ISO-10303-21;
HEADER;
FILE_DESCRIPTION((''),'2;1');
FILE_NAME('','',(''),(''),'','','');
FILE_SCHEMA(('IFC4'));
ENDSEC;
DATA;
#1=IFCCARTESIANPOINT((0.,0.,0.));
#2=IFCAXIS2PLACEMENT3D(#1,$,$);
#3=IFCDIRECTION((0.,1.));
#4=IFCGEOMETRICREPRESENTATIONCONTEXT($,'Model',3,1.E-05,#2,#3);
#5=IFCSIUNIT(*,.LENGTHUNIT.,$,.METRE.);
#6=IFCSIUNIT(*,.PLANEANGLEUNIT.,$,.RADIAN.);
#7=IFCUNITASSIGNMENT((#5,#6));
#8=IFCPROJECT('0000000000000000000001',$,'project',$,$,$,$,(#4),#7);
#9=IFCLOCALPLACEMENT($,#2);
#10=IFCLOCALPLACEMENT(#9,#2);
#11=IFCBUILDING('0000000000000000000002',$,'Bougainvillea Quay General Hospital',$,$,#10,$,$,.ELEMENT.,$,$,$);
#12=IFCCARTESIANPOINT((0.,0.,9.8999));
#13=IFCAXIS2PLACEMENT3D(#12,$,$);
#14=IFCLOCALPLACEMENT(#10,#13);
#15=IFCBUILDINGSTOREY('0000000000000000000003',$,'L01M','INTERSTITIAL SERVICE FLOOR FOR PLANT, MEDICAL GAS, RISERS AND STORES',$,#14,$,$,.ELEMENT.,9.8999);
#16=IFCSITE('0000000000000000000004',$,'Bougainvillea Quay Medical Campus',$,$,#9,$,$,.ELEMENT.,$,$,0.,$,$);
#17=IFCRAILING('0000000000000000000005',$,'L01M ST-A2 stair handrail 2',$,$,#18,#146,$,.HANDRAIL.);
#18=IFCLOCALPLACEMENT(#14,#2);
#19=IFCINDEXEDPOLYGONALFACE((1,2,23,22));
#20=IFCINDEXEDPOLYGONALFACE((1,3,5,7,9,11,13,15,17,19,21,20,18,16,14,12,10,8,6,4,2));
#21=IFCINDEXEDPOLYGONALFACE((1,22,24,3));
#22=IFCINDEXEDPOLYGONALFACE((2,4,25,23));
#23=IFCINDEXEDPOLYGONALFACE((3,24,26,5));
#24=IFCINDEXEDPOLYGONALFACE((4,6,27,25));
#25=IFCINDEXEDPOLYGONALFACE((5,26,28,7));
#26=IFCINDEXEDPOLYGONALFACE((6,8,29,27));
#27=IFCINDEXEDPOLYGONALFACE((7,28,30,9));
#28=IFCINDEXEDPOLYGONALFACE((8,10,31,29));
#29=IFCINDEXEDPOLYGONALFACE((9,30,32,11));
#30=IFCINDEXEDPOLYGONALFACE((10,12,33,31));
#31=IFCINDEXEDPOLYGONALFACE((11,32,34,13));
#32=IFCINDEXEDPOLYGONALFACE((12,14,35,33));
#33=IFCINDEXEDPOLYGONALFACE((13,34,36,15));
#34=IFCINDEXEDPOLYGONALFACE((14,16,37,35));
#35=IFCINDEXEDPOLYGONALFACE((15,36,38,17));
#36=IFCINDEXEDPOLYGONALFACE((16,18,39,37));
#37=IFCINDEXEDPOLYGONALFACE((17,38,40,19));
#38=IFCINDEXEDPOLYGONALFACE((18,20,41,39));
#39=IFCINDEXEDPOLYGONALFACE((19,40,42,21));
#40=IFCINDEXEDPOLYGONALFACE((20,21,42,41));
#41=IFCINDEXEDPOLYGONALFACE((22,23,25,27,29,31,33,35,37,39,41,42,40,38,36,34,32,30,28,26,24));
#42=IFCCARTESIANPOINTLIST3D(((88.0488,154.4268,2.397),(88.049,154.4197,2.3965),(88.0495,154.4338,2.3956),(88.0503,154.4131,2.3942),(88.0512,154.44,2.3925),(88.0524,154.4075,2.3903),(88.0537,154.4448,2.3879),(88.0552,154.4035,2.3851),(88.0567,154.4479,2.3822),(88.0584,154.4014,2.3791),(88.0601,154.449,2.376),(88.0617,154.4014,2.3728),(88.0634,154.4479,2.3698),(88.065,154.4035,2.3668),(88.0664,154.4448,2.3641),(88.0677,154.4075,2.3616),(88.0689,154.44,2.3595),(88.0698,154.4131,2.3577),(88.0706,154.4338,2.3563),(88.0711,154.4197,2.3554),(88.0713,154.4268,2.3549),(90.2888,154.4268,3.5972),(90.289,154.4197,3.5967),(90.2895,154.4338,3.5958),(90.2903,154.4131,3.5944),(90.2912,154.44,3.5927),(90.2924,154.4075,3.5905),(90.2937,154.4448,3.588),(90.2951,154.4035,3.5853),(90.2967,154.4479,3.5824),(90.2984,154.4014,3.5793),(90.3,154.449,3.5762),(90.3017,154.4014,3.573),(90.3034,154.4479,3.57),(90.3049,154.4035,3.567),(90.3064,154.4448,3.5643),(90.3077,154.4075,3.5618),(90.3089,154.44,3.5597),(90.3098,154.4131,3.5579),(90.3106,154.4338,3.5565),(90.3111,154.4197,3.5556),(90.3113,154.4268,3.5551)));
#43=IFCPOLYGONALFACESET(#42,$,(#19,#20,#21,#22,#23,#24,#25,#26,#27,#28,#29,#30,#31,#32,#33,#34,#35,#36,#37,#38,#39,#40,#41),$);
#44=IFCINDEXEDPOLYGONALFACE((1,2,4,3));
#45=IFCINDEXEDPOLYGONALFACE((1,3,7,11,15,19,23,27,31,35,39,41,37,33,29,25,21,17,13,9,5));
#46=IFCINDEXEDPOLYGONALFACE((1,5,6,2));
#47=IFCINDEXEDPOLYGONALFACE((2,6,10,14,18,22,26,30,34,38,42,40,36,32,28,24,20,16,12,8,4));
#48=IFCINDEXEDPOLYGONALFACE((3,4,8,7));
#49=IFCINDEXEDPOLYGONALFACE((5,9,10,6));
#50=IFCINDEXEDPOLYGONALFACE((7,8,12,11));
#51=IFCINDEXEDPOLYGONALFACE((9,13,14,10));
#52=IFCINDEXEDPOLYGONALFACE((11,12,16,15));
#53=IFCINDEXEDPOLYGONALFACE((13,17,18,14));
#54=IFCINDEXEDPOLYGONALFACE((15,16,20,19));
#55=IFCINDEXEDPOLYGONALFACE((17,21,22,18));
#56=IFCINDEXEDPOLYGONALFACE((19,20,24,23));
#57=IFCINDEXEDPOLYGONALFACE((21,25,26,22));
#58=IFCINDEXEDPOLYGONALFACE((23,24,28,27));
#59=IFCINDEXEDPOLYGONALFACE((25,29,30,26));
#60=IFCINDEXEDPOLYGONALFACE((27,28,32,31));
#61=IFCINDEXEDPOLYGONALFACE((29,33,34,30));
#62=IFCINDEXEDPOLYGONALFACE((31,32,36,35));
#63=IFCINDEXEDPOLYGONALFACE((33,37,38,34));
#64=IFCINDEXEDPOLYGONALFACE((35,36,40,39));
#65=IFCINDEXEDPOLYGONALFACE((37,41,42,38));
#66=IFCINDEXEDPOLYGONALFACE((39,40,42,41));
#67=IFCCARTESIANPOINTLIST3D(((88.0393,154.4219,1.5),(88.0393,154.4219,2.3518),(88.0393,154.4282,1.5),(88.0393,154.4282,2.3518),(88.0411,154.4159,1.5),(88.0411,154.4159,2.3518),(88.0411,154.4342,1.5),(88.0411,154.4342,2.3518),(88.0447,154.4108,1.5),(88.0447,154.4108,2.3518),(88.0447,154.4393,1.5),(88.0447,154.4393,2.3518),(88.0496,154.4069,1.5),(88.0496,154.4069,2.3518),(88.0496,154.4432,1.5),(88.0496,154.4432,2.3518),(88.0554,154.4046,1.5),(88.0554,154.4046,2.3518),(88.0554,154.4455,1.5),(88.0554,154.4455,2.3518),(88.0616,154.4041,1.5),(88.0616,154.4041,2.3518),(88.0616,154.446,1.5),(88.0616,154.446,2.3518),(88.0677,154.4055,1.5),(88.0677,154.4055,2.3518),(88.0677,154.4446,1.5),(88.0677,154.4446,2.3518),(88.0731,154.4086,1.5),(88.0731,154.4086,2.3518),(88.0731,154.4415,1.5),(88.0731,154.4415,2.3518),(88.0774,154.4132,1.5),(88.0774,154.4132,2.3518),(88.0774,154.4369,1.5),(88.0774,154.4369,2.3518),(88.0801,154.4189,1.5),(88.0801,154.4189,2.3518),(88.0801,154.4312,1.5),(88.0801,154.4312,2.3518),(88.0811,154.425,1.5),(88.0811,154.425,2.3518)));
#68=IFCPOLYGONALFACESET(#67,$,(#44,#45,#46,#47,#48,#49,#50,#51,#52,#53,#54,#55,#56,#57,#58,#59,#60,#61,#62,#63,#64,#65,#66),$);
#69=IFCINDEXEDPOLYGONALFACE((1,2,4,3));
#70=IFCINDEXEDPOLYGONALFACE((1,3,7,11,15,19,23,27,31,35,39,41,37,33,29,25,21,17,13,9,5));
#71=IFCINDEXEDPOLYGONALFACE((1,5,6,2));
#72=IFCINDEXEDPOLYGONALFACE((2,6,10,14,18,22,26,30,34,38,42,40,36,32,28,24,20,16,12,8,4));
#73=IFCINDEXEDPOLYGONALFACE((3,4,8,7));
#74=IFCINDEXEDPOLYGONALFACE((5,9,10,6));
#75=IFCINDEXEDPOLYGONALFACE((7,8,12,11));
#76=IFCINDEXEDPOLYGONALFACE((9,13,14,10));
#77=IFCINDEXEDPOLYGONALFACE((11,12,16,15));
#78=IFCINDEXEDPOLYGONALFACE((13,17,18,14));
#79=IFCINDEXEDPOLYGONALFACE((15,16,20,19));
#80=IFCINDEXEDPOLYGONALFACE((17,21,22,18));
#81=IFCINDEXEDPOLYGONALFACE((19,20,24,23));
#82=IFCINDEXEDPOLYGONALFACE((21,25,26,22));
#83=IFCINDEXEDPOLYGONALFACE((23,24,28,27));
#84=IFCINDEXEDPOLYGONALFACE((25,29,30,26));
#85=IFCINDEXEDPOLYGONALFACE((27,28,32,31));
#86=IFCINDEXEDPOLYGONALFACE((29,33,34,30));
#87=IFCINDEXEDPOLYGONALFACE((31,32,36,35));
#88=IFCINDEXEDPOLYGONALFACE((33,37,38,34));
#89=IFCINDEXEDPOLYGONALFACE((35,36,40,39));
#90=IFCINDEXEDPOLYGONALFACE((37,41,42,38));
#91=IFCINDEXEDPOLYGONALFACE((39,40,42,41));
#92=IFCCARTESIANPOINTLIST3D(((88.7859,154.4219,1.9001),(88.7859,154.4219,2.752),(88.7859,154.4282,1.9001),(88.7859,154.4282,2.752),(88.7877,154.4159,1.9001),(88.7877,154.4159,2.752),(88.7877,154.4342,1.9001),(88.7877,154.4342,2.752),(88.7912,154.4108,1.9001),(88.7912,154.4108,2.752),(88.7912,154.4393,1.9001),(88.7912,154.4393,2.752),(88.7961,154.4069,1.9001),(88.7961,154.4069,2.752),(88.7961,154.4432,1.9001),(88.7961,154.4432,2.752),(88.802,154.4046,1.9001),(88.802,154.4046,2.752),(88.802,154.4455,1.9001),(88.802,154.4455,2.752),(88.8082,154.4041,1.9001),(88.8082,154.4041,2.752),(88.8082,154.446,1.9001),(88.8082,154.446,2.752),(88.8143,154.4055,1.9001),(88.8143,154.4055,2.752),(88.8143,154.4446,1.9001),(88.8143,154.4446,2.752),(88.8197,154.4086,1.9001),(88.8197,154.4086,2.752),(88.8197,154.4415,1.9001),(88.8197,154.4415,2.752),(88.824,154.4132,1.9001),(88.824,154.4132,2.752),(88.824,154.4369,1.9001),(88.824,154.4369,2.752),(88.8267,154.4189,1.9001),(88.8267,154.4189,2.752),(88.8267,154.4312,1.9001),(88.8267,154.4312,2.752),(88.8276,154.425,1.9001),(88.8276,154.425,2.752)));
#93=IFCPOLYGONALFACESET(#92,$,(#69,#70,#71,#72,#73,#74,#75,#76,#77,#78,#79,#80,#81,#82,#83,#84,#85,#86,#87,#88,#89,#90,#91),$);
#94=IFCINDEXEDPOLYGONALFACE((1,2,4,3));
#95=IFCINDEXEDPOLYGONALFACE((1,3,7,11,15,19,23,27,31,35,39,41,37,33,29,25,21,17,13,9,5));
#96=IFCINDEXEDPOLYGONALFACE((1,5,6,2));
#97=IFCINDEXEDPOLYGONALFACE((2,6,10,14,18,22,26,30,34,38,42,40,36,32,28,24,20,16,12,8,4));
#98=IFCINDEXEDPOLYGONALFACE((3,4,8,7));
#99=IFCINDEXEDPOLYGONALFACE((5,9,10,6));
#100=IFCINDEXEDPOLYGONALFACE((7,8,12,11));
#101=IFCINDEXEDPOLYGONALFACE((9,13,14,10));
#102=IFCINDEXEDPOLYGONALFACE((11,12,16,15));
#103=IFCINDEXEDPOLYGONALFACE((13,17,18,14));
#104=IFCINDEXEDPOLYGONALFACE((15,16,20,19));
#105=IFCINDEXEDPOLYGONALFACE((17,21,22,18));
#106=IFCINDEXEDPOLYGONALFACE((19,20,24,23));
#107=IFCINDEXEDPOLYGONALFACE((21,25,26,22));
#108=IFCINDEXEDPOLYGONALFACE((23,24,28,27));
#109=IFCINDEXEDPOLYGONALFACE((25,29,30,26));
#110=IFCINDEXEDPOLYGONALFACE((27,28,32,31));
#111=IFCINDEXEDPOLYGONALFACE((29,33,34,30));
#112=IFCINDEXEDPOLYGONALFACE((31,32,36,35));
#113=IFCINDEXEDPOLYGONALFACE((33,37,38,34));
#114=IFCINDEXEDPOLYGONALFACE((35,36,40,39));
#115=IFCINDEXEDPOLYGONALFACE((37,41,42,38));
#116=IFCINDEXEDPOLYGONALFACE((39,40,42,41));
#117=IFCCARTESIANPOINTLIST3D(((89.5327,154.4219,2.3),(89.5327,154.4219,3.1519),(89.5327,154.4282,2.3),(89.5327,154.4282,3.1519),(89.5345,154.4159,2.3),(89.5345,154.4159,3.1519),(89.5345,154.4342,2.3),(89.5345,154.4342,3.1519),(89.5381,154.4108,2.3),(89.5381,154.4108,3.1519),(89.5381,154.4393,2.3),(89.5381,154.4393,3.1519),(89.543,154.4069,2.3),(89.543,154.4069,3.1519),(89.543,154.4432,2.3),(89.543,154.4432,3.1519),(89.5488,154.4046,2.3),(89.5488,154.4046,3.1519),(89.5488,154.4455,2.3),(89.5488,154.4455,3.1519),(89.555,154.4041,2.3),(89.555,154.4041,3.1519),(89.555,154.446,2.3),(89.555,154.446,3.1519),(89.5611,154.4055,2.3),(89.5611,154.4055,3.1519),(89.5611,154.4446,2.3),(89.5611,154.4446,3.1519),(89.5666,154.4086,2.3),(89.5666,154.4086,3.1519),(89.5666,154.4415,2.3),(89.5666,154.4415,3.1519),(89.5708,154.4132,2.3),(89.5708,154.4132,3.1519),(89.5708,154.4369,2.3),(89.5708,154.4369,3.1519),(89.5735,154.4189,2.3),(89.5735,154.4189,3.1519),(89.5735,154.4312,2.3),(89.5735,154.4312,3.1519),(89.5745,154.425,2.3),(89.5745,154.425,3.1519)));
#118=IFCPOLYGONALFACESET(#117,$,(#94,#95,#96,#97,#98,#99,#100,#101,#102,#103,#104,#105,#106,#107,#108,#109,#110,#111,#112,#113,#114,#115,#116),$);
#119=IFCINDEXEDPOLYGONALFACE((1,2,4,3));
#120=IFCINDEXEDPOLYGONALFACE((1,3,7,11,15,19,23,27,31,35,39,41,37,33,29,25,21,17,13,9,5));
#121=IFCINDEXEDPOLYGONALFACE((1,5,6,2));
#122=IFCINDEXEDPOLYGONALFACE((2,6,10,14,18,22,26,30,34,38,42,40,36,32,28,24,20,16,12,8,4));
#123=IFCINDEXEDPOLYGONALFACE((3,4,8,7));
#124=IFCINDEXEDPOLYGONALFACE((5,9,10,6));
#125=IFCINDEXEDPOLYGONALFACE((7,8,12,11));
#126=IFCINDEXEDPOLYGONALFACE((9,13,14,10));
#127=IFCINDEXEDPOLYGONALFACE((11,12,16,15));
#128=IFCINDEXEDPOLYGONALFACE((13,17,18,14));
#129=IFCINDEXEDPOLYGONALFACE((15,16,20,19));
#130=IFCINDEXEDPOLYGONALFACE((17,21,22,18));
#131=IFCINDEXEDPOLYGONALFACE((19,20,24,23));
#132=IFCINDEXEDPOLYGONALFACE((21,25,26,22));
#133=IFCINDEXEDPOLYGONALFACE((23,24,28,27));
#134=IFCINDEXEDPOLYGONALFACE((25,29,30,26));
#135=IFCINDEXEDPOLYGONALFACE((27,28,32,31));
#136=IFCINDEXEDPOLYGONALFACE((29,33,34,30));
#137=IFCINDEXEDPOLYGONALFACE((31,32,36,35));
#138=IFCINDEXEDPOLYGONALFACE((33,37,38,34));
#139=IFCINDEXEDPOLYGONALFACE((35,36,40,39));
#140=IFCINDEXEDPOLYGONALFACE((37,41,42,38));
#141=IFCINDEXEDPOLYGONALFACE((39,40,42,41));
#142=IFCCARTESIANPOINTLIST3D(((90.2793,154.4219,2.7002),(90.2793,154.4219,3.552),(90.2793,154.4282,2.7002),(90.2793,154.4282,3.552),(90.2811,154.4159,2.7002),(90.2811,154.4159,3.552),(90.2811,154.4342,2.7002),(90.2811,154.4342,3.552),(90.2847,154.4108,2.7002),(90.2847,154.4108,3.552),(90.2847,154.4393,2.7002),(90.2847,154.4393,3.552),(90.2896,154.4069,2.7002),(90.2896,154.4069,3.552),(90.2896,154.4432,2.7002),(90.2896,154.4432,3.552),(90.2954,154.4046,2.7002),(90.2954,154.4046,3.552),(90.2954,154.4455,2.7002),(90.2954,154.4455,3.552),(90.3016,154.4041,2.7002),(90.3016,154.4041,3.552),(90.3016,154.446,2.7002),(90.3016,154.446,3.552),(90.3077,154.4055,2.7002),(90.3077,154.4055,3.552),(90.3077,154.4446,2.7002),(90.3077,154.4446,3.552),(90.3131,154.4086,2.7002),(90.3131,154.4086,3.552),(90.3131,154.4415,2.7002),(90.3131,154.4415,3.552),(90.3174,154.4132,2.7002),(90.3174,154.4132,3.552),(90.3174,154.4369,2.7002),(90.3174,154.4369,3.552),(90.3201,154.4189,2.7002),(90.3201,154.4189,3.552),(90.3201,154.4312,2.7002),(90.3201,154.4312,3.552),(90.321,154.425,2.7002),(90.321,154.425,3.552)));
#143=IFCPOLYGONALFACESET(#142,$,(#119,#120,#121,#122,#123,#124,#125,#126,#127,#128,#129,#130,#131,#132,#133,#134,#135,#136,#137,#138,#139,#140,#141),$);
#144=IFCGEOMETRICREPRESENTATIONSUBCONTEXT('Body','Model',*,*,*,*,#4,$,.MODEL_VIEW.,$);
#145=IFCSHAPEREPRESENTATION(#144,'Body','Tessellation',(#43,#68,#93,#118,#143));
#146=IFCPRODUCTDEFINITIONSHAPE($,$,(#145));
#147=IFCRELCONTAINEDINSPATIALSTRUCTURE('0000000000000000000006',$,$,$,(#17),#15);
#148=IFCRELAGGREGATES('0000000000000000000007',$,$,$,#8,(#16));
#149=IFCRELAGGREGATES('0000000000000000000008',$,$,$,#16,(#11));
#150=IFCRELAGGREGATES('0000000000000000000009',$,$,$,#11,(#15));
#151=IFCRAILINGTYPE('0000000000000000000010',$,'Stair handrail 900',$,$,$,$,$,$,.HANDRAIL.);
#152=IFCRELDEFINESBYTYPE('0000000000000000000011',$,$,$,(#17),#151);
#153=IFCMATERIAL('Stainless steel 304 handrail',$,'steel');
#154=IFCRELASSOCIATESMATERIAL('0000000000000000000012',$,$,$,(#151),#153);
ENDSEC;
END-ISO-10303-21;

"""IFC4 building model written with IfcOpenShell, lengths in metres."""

from ifc_helpers import new_model, si_unit, direction, frame, origin, origin_2d, place, context, subcontext, project, spatial, circle, extrude, material, type_object, element, save


model = new_model("IFC4")

# Units and contexts
model_context = context("Model", 3, precision=1e-05, world=origin(), true_north=direction((0.0, 1.0)))
body_context = subcontext(model_context, "Body", "Model", "MODEL_VIEW")
ifc_project = project(units=[si_unit("LENGTHUNIT", "METRE"), si_unit("PLANEANGLEUNIT", "RADIAN")], contexts=[model_context])

# Site, building, storey
site_placement = place(None, origin())
site = spatial("IfcSite", under=ifc_project, at=site_placement, Name="Bougainvillea Quay Medical Campus", CompositionType="ELEMENT", RefElevation=0.0)
building_placement = place(site_placement, origin())
building = spatial("IfcBuilding", under=site, at=building_placement, Name="Bougainvillea Quay General Hospital", CompositionType="ELEMENT")
storey_placement = place(building_placement, frame((0.0, 0.0, 9.8999)))
storey = spatial("IfcBuildingStorey", under=building, at=storey_placement, Name="L01M", Description="INTERSTITIAL SERVICE FLOOR FOR PLANT, MEDICAL GAS, RISERS AND STORES", CompositionType="ELEMENT", Elevation=9.8999)

# Railing
ifc_material_1 = material(Name="Stainless steel 304 handrail", Category="steel")
railing_type_1 = type_object("IfcRailingType", Name="Stair handrail 900", PredefinedType="HANDRAIL", material=ifc_material_1)
railing_1_placement = place(storey_placement, frame((88.0601, 154.425, 1.5)))
element("IfcRailing", 1, at=railing_1_placement, inside=storey, type_object=railing_type_1, Name="L01M ST-A2 stair handrail 2", PredefinedType="HANDRAIL", context=body_context, shape_type="SweptSolid", body=[
    extrude(circle(Radius=0.0239, at=origin_2d()), frame((0.0, 0.0, 0.876), z_axis=(0.881447, 0.0, 0.472283), x_axis=(0.0, 1.0, 0.0)), (0.0, 0.0, 1.0), 2.5413),
    extrude(circle(Radius=0.021, at=origin_2d()), origin(), (0.0, 0.0, 1.0), 0.8518),
    extrude(circle(Radius=0.021, at=origin_2d()), frame((0.7466, 0.0, 0.4001)), (0.0, 0.0, 1.0), 0.8518),
    extrude(circle(Radius=0.021, at=origin_2d()), frame((1.4934, 0.0, 0.8)), (0.0, 0.0, 1.0), 0.8518),
    extrude(circle(Radius=0.021, at=origin_2d()), frame((2.24, 0.0, 1.2002)), (0.0, 0.0, 1.0), 0.8518),
])

save(model, "model.ifc")
